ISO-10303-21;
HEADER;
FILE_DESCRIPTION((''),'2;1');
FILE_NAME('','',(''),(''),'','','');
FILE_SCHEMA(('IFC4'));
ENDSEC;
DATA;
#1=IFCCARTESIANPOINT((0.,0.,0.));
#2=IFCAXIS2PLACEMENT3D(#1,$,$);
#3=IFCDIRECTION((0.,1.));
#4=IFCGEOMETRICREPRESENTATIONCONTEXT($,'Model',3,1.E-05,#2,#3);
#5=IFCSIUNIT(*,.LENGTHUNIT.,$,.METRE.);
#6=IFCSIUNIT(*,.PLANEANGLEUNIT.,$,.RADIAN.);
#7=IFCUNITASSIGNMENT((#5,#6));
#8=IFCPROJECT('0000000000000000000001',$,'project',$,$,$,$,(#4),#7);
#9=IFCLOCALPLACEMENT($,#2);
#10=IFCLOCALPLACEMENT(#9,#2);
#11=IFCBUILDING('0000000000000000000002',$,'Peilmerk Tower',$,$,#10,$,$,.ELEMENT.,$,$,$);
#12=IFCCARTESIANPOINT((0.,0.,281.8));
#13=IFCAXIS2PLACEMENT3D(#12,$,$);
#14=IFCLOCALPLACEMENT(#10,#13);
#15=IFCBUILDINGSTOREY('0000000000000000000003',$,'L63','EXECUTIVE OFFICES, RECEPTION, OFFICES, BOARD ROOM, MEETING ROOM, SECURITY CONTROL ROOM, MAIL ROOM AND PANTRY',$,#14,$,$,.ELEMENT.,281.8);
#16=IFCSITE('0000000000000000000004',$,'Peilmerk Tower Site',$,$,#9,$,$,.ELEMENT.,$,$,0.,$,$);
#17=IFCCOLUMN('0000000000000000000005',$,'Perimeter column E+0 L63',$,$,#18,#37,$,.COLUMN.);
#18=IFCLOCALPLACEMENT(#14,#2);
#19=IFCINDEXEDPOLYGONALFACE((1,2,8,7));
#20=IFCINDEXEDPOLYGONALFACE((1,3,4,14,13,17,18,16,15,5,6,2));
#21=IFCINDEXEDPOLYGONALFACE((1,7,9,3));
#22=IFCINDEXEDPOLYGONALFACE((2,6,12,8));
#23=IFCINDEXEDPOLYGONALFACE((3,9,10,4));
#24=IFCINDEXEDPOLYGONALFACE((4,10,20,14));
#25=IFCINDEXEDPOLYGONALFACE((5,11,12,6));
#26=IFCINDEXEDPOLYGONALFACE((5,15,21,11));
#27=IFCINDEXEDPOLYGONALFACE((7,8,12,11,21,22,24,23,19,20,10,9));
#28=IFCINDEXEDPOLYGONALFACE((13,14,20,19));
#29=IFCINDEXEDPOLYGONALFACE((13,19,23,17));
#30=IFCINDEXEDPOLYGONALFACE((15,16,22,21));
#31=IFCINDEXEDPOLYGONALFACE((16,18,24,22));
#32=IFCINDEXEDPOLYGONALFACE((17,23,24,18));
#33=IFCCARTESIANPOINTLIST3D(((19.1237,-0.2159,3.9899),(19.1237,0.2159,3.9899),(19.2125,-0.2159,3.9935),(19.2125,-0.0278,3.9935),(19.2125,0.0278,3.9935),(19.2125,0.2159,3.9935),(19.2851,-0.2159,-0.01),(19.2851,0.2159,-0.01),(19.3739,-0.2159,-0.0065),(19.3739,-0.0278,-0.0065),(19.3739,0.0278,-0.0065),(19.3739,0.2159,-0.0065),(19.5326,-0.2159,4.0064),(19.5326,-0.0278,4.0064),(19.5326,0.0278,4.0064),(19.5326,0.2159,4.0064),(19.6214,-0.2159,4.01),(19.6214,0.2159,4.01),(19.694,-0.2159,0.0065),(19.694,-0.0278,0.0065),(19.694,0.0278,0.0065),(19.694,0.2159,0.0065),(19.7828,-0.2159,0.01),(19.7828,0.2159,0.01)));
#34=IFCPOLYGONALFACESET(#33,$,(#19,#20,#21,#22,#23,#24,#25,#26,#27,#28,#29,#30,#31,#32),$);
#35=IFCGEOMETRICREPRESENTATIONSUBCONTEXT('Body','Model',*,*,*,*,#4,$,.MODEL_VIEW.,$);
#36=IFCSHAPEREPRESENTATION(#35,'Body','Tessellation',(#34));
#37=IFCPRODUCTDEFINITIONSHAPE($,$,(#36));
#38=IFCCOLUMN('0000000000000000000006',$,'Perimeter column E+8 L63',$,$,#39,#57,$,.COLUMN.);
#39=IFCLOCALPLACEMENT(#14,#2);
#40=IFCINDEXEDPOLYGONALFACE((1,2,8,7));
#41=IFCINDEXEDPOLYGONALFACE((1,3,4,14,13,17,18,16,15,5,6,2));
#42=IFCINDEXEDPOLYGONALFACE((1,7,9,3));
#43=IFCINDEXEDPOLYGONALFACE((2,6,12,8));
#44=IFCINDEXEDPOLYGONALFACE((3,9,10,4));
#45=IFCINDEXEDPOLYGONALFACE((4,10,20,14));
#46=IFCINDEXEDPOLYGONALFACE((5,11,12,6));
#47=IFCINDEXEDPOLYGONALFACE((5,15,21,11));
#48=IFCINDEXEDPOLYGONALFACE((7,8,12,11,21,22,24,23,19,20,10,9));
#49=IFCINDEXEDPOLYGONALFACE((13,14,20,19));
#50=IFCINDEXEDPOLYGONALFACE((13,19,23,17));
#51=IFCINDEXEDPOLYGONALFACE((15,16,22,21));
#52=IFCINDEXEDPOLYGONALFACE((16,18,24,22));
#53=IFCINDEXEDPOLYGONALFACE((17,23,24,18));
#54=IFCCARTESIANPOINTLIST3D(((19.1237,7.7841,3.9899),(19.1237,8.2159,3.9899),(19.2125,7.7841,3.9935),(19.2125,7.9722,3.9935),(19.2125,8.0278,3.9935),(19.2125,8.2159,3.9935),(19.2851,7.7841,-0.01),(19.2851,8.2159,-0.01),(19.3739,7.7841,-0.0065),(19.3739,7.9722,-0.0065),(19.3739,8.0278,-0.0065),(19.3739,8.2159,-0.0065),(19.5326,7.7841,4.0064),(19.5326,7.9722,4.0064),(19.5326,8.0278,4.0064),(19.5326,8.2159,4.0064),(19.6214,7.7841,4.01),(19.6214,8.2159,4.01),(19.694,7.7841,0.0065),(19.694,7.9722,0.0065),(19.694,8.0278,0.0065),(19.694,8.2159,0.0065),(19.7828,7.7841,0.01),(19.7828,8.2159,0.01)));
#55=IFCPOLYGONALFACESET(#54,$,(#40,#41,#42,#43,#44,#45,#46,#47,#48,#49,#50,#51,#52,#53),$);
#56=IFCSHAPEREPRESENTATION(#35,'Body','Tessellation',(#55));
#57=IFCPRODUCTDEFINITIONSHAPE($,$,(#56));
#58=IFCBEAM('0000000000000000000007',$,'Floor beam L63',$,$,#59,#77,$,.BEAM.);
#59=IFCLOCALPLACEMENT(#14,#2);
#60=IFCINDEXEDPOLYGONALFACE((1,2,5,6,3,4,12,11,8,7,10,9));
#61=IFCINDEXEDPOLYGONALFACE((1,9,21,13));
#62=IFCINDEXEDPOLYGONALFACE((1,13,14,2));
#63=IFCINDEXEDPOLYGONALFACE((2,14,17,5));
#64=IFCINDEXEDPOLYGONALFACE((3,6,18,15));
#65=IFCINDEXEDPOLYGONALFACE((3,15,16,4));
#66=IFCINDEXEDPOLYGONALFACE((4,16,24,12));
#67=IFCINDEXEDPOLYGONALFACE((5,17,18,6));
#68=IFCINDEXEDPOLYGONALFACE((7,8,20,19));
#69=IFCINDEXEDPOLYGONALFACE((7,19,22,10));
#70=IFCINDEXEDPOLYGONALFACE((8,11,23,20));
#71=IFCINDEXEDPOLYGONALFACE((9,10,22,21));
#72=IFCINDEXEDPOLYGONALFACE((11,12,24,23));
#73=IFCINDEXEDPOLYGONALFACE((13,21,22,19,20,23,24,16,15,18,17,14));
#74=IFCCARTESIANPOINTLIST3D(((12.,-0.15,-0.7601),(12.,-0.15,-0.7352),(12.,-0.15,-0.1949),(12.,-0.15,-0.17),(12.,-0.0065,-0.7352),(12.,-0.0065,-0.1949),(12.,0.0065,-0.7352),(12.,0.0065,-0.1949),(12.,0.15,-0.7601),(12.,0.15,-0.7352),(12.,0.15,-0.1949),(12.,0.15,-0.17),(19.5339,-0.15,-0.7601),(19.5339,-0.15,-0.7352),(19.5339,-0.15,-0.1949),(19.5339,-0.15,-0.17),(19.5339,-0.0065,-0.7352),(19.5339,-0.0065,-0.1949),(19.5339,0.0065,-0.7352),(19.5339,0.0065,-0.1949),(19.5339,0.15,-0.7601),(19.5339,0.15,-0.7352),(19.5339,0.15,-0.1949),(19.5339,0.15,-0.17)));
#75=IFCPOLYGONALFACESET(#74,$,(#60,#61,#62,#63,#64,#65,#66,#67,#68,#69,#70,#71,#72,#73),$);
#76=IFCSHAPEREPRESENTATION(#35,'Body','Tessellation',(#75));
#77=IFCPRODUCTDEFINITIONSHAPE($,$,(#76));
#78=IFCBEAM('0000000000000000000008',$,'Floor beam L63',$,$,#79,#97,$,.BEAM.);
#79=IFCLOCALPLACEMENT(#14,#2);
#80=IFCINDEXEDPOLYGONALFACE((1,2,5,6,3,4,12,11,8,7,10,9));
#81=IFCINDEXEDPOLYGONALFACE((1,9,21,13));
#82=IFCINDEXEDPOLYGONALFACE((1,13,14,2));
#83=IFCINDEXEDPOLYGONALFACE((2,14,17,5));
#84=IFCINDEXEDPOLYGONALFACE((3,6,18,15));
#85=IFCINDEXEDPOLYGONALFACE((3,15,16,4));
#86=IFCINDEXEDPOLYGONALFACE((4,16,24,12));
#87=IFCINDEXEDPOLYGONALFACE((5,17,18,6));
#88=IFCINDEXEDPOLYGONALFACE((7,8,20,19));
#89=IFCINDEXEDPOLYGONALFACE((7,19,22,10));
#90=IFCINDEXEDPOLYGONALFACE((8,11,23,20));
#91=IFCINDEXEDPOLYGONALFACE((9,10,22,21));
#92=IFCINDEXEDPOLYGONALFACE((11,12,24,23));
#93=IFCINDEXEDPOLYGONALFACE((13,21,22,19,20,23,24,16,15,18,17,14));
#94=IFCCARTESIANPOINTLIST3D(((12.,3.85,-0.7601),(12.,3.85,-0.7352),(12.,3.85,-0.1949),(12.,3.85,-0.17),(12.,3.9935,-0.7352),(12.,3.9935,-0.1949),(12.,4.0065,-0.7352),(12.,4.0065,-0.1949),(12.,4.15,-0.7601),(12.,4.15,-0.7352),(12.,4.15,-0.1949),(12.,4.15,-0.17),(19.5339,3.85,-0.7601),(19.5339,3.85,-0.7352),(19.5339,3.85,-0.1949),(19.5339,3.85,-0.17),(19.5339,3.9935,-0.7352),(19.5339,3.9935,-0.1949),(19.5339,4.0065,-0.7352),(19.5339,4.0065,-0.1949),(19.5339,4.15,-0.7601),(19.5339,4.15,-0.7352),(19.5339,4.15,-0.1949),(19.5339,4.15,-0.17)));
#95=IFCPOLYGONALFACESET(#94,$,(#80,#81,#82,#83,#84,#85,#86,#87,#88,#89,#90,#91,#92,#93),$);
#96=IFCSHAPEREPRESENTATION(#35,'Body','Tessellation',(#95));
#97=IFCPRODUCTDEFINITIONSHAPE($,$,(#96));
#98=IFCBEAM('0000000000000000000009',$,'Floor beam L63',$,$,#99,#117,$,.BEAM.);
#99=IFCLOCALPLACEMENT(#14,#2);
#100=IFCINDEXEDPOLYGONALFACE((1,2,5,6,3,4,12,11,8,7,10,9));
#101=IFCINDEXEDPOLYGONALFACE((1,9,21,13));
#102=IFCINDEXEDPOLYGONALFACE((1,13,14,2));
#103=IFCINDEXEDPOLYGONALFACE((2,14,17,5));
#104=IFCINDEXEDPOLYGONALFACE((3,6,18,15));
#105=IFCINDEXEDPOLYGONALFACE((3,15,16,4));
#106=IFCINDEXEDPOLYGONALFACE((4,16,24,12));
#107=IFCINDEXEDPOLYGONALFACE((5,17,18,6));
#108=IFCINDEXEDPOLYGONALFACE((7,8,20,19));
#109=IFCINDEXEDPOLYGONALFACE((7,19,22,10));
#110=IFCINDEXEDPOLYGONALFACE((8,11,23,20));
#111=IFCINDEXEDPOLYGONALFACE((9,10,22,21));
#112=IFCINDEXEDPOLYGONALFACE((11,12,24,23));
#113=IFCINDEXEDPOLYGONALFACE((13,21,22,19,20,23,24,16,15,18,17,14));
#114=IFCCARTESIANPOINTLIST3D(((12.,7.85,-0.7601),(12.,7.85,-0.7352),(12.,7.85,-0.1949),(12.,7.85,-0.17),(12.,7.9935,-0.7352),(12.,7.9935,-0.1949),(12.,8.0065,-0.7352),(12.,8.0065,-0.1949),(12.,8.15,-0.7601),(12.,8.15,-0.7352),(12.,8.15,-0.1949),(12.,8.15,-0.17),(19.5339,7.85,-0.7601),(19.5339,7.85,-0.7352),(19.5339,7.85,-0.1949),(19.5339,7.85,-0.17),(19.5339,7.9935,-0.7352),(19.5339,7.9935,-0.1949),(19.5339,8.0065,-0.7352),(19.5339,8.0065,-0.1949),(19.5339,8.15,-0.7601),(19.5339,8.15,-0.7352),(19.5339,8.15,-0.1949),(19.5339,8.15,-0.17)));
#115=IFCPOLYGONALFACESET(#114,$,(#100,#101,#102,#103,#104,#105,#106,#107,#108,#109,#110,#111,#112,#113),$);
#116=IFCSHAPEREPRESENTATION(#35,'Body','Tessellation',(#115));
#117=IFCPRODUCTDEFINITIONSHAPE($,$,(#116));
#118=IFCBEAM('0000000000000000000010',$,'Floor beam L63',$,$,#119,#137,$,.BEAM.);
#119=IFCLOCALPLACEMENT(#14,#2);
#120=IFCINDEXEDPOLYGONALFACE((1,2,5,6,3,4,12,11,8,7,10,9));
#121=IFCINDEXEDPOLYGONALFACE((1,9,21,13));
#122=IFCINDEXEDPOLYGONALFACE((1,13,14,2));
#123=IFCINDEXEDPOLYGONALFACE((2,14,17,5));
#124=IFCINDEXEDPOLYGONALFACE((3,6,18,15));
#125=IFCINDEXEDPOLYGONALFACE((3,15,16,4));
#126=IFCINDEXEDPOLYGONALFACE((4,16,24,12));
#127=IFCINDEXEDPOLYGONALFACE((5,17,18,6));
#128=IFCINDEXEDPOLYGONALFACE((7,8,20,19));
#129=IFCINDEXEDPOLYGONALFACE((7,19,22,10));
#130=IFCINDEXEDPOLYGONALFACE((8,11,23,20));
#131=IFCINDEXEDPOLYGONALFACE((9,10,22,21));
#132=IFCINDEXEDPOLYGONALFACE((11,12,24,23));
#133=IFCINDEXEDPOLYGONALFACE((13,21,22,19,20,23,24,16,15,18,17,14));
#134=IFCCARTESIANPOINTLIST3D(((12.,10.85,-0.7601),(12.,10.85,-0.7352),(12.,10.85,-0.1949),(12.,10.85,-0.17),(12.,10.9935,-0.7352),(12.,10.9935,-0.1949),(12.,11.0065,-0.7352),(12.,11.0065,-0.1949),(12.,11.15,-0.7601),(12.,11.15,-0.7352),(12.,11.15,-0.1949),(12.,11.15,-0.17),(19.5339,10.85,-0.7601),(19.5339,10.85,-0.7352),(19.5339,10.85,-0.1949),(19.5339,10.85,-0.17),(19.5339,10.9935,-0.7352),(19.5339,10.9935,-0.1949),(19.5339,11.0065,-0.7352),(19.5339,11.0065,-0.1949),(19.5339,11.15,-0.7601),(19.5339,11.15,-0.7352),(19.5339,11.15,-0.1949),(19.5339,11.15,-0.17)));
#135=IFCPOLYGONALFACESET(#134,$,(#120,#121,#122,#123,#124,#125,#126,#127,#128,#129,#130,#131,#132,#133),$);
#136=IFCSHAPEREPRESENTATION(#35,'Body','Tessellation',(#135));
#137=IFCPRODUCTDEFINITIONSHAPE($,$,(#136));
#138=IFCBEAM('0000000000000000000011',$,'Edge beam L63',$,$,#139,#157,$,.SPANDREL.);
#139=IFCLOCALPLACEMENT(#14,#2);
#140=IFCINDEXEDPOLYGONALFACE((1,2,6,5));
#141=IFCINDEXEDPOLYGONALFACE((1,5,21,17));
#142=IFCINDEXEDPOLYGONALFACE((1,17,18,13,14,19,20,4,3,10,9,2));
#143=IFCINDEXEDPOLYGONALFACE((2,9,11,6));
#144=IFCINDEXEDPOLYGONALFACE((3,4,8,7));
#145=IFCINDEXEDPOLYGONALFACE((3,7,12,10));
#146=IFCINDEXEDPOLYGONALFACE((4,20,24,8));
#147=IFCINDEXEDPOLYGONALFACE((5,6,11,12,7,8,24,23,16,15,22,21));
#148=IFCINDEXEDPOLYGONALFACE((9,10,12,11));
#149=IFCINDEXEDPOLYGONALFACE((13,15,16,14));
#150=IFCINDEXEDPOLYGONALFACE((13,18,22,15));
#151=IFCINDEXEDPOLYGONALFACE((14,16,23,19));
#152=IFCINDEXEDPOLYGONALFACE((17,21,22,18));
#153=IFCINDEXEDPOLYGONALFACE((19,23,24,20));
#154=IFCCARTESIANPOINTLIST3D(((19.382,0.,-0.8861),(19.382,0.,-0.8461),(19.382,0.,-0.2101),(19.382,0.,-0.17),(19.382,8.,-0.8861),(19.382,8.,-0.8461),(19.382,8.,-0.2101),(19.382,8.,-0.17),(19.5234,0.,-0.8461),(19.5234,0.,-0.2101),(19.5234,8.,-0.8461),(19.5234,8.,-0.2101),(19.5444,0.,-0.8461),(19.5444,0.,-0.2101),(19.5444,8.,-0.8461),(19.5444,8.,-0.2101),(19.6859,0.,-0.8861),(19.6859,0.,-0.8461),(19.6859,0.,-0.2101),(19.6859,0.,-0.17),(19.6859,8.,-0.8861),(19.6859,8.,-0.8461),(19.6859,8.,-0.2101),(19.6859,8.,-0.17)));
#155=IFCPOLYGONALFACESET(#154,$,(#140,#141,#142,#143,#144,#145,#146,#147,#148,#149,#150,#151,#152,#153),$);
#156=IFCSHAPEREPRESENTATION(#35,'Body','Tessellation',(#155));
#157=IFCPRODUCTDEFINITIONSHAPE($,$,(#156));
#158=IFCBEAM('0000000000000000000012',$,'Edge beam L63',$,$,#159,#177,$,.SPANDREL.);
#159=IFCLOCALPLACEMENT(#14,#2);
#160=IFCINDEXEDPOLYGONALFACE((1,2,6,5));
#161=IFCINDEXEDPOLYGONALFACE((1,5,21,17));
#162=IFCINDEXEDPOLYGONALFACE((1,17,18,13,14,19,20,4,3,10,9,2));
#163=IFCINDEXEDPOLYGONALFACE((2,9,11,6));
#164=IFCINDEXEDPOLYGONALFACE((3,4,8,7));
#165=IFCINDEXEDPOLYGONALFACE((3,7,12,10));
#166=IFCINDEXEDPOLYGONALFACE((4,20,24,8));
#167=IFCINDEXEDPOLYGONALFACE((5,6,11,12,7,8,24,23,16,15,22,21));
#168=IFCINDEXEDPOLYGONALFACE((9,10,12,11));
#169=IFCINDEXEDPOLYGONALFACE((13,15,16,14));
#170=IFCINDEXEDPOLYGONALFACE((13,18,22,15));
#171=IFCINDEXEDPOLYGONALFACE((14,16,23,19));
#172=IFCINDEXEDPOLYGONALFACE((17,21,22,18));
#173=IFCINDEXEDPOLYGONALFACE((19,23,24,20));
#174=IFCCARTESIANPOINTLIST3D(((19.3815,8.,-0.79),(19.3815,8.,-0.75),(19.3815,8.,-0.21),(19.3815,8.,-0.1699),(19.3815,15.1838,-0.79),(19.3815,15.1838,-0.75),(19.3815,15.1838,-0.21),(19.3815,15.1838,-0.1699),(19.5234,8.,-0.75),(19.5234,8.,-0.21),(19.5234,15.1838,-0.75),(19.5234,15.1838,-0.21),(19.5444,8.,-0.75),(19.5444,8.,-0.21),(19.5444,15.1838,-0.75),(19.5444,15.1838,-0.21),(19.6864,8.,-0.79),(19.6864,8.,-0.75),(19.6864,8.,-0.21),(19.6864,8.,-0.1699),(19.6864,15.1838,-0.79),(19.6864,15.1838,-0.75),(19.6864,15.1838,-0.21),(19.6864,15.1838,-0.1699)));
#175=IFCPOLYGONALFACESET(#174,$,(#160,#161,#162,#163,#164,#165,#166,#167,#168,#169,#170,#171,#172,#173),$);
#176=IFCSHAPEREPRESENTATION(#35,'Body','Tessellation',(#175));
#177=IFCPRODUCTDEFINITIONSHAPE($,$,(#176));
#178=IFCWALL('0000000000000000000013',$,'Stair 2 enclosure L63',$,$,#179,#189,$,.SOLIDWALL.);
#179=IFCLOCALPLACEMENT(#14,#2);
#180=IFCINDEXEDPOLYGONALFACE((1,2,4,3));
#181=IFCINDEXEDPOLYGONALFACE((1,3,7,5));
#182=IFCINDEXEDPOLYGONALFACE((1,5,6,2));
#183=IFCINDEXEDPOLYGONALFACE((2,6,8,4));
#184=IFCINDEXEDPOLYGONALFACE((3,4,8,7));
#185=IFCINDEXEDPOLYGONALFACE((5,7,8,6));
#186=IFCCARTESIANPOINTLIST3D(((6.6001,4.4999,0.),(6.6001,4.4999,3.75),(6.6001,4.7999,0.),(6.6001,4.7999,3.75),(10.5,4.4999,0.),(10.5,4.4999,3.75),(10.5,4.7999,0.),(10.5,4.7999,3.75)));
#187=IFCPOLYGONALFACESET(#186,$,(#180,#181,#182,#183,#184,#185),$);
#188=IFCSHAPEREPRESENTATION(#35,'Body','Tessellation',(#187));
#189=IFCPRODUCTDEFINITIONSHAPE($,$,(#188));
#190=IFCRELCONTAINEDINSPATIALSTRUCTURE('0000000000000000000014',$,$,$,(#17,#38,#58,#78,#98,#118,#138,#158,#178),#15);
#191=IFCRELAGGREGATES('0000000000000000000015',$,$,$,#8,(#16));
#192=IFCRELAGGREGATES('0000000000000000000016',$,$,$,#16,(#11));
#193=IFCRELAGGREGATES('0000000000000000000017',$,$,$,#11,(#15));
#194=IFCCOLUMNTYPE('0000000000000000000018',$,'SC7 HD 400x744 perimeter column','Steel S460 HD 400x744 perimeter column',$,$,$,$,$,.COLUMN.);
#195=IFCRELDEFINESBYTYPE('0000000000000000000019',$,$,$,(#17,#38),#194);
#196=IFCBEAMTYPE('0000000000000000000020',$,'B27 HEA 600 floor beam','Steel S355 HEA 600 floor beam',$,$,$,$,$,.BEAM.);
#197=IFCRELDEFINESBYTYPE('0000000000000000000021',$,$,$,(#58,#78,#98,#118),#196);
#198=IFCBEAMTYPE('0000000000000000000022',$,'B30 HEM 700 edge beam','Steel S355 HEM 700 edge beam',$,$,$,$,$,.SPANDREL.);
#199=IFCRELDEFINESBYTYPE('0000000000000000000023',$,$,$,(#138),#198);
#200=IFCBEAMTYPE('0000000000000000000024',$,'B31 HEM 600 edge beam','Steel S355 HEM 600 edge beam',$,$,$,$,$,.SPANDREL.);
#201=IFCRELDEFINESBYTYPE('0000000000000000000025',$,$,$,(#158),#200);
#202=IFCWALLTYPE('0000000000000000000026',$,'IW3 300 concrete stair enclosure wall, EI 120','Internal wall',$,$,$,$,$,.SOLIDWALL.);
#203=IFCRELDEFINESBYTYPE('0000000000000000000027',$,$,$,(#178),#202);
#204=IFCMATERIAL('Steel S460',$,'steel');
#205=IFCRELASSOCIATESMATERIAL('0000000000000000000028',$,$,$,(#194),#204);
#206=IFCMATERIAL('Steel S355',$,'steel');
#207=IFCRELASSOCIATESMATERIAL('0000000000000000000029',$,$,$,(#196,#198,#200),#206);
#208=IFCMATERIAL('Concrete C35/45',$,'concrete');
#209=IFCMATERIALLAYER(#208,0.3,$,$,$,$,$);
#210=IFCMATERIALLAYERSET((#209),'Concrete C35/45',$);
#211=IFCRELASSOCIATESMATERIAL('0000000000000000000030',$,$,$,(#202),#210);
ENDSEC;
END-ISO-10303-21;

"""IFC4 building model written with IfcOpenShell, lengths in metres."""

from ifc_helpers import new_model, si_unit, direction, frame, frame_2d, origin, origin_2d, place, context, subcontext, project, spatial, rectangle, i_section, extrude, material, layer, layer_set, material_profile, profile_set, type_object, element, save


model = new_model("IFC4")

# Units and contexts
model_context = context("Model", 3, precision=1e-05, world=origin(), true_north=direction((0.0, 1.0)))
body_context = subcontext(model_context, "Body", "Model", "MODEL_VIEW")
ifc_project = project(units=[si_unit("LENGTHUNIT", "METRE"), si_unit("PLANEANGLEUNIT", "RADIAN")], contexts=[model_context])

# Site, building, storey
site_placement = place(None, origin())
site = spatial("IfcSite", under=ifc_project, at=site_placement, Name="Peilmerk Tower Site", CompositionType="ELEMENT", RefElevation=0.0)
building_placement = place(site_placement, origin())
building = spatial("IfcBuilding", under=site, at=building_placement, Name="Peilmerk Tower", CompositionType="ELEMENT")
storey_placement = place(building_placement, frame((0.0, 0.0, 281.8)))
storey = spatial("IfcBuildingStorey", under=building, at=storey_placement, Name="L63", Description="EXECUTIVE OFFICES, RECEPTION, OFFICES, BOARD ROOM, MEETING ROOM, SECURITY CONTROL ROOM, MAIL ROOM AND PANTRY", CompositionType="ELEMENT", Elevation=281.8)

# Columns
ifc_material_1 = material(Name="Steel S460", Category="steel")
ifc_material_profile_1 = material_profile(ifc_material_1, i_section(OverallWidth=0.4319, OverallDepth=0.498, WebThickness=0.0557, FlangeThickness=0.0889, at=origin_2d()), Name="HD 400x744")
ifc_profile_set_1 = profile_set([ifc_material_profile_1], Name="Steel S460")
column_type = type_object("IfcColumnType", Name="SC7 HD 400x744 perimeter column", Description="Steel S460 HD 400x744 perimeter column", PredefinedType="COLUMN", material=ifc_profile_set_1)
for number, where, z_axis, x_axis, name in (
    (1, (19.5339, 0.0, 0.0), (-0.040311, 0.0, 0.999187), (0.0, -1.0, 0.0), "Perimeter column E+0 L63"),
    (2, (19.5339, 8.0, 0.0), (-0.040311, 0.0, 0.999187), (0.0, -1.0, 0.0), "Perimeter column E+8 L63"),
):
    element("IfcColumn", number, at=place(storey_placement, frame(where, z_axis=z_axis, x_axis=x_axis)), inside=storey, type_object=column_type, Name=name, PredefinedType="COLUMN", context=body_context, shape_type="SweptSolid", body=[
        extrude(i_section(OverallWidth=0.4319, OverallDepth=0.498, WebThickness=0.0557, FlangeThickness=0.0889, at=origin_2d()), origin(), (0.0, 0.0, 1.0), 4.0032),
    ])

# Beams
ifc_material_2 = material(Name="Steel S355", Category="steel")
ifc_material_profile_2 = material_profile(ifc_material_2, i_section(OverallWidth=0.3, OverallDepth=0.5901, WebThickness=0.0129, FlangeThickness=0.0249, at=origin_2d()), Name="HEA 600")
ifc_profile_set_2 = profile_set([ifc_material_profile_2], Name="Steel S355")
beam_type_1 = type_object("IfcBeamType", Name="B27 HEA 600 floor beam", Description="Steel S355 HEA 600 floor beam", PredefinedType="BEAM", material=ifc_profile_set_2)
for number, where, z_axis, x_axis, name in (
    (3, (12.0, 0.0, -0.4651), (1.0, 0.0, 0.0), (0.0, 1.0, 0.0), "Floor beam L63"),
    (4, (12.0, 4.0, -0.4651), (1.0, 0.0, 0.0), (0.0, 1.0, 0.0), "Floor beam L63"),
    (5, (12.0, 8.0, -0.4651), (1.0, 0.0, 0.0), (0.0, 1.0, 0.0), "Floor beam L63"),
    (6, (12.0, 11.0, -0.4651), (1.0, 0.0, 0.0), (0.0, 1.0, 0.0), "Floor beam L63"),
):
    element("IfcBeam", number, at=place(storey_placement, frame(where, z_axis=z_axis, x_axis=x_axis)), inside=storey, type_object=beam_type_1, Name=name, PredefinedType="BEAM", context=body_context, shape_type="SweptSolid", body=[
        extrude(i_section(OverallWidth=0.3, OverallDepth=0.5901, WebThickness=0.0129, FlangeThickness=0.0249, at=origin_2d()), origin(), (0.0, 0.0, 1.0), 7.5339),
    ])
ifc_material_profile_3 = material_profile(ifc_material_2, i_section(OverallWidth=0.304, OverallDepth=0.7161, WebThickness=0.021, FlangeThickness=0.04, at=origin_2d()), Name="HEM 700")
ifc_profile_set_3 = profile_set([ifc_material_profile_3], Name="Steel S355")
beam_type_2 = type_object("IfcBeamType", Name="B30 HEM 700 edge beam", Description="Steel S355 HEM 700 edge beam", PredefinedType="SPANDREL", material=ifc_profile_set_3)
beam_1_placement = place(storey_placement, frame((19.5339, 0.0, -0.5281), z_axis=(0.0, 1.0, 0.0), x_axis=(-1.0, 0.0, 0.0)))
element("IfcBeam", 7, at=beam_1_placement, inside=storey, type_object=beam_type_2, Name="Edge beam L63", PredefinedType="SPANDREL", context=body_context, shape_type="SweptSolid", body=[
    extrude(i_section(OverallWidth=0.304, OverallDepth=0.7161, WebThickness=0.021, FlangeThickness=0.04, at=origin_2d()), origin(), (0.0, 0.0, 1.0), 8.0),
])
ifc_material_profile_4 = material_profile(ifc_material_2, i_section(OverallWidth=0.3049, OverallDepth=0.6201, WebThickness=0.021, FlangeThickness=0.04, at=origin_2d()), Name="HEM 600")
ifc_profile_set_4 = profile_set([ifc_material_profile_4], Name="Steel S355")
beam_type_3 = type_object("IfcBeamType", Name="B31 HEM 600 edge beam", Description="Steel S355 HEM 600 edge beam", PredefinedType="SPANDREL", material=ifc_profile_set_4)
beam_2_placement = place(storey_placement, frame((19.5339, 8.0, -0.48), z_axis=(0.0, 1.0, 0.0), x_axis=(-1.0, 0.0, 0.0)))
element("IfcBeam", 8, at=beam_2_placement, inside=storey, type_object=beam_type_3, Name="Edge beam L63", PredefinedType="SPANDREL", context=body_context, shape_type="SweptSolid", body=[
    extrude(i_section(OverallWidth=0.3049, OverallDepth=0.6201, WebThickness=0.021, FlangeThickness=0.04, at=origin_2d()), origin(), (0.0, 0.0, 1.0), 7.1838),
])

# Wall
ifc_material_3 = material(Name="Concrete C35/45", Category="concrete")
ifc_layer_1 = layer(ifc_material_3, 0.3)
ifc_layer_set_1 = layer_set([ifc_layer_1], Name="Concrete C35/45")
wall_type_1 = type_object("IfcWallType", Name="IW3 300 concrete stair enclosure wall, EI 120", Description="Internal wall", PredefinedType="SOLIDWALL", material=ifc_layer_set_1)
wall_1_placement = place(storey_placement, frame((6.6001, 4.6499, 0.0), z_axis=(0.0, 0.0, 1.0), x_axis=(1.0, 0.0, 0.0)))
element("IfcWall", 9, at=wall_1_placement, inside=storey, type_object=wall_type_1, Name="Stair 2 enclosure L63", PredefinedType="SOLIDWALL", context=body_context, shape_type="SweptSolid", body=[
    extrude(rectangle(XDim=3.8999, YDim=0.3, at=frame_2d((1.95, 0.0))), origin(), (0.0, 0.0, 1.0), 3.75),
])

save(model, "model.ifc")
